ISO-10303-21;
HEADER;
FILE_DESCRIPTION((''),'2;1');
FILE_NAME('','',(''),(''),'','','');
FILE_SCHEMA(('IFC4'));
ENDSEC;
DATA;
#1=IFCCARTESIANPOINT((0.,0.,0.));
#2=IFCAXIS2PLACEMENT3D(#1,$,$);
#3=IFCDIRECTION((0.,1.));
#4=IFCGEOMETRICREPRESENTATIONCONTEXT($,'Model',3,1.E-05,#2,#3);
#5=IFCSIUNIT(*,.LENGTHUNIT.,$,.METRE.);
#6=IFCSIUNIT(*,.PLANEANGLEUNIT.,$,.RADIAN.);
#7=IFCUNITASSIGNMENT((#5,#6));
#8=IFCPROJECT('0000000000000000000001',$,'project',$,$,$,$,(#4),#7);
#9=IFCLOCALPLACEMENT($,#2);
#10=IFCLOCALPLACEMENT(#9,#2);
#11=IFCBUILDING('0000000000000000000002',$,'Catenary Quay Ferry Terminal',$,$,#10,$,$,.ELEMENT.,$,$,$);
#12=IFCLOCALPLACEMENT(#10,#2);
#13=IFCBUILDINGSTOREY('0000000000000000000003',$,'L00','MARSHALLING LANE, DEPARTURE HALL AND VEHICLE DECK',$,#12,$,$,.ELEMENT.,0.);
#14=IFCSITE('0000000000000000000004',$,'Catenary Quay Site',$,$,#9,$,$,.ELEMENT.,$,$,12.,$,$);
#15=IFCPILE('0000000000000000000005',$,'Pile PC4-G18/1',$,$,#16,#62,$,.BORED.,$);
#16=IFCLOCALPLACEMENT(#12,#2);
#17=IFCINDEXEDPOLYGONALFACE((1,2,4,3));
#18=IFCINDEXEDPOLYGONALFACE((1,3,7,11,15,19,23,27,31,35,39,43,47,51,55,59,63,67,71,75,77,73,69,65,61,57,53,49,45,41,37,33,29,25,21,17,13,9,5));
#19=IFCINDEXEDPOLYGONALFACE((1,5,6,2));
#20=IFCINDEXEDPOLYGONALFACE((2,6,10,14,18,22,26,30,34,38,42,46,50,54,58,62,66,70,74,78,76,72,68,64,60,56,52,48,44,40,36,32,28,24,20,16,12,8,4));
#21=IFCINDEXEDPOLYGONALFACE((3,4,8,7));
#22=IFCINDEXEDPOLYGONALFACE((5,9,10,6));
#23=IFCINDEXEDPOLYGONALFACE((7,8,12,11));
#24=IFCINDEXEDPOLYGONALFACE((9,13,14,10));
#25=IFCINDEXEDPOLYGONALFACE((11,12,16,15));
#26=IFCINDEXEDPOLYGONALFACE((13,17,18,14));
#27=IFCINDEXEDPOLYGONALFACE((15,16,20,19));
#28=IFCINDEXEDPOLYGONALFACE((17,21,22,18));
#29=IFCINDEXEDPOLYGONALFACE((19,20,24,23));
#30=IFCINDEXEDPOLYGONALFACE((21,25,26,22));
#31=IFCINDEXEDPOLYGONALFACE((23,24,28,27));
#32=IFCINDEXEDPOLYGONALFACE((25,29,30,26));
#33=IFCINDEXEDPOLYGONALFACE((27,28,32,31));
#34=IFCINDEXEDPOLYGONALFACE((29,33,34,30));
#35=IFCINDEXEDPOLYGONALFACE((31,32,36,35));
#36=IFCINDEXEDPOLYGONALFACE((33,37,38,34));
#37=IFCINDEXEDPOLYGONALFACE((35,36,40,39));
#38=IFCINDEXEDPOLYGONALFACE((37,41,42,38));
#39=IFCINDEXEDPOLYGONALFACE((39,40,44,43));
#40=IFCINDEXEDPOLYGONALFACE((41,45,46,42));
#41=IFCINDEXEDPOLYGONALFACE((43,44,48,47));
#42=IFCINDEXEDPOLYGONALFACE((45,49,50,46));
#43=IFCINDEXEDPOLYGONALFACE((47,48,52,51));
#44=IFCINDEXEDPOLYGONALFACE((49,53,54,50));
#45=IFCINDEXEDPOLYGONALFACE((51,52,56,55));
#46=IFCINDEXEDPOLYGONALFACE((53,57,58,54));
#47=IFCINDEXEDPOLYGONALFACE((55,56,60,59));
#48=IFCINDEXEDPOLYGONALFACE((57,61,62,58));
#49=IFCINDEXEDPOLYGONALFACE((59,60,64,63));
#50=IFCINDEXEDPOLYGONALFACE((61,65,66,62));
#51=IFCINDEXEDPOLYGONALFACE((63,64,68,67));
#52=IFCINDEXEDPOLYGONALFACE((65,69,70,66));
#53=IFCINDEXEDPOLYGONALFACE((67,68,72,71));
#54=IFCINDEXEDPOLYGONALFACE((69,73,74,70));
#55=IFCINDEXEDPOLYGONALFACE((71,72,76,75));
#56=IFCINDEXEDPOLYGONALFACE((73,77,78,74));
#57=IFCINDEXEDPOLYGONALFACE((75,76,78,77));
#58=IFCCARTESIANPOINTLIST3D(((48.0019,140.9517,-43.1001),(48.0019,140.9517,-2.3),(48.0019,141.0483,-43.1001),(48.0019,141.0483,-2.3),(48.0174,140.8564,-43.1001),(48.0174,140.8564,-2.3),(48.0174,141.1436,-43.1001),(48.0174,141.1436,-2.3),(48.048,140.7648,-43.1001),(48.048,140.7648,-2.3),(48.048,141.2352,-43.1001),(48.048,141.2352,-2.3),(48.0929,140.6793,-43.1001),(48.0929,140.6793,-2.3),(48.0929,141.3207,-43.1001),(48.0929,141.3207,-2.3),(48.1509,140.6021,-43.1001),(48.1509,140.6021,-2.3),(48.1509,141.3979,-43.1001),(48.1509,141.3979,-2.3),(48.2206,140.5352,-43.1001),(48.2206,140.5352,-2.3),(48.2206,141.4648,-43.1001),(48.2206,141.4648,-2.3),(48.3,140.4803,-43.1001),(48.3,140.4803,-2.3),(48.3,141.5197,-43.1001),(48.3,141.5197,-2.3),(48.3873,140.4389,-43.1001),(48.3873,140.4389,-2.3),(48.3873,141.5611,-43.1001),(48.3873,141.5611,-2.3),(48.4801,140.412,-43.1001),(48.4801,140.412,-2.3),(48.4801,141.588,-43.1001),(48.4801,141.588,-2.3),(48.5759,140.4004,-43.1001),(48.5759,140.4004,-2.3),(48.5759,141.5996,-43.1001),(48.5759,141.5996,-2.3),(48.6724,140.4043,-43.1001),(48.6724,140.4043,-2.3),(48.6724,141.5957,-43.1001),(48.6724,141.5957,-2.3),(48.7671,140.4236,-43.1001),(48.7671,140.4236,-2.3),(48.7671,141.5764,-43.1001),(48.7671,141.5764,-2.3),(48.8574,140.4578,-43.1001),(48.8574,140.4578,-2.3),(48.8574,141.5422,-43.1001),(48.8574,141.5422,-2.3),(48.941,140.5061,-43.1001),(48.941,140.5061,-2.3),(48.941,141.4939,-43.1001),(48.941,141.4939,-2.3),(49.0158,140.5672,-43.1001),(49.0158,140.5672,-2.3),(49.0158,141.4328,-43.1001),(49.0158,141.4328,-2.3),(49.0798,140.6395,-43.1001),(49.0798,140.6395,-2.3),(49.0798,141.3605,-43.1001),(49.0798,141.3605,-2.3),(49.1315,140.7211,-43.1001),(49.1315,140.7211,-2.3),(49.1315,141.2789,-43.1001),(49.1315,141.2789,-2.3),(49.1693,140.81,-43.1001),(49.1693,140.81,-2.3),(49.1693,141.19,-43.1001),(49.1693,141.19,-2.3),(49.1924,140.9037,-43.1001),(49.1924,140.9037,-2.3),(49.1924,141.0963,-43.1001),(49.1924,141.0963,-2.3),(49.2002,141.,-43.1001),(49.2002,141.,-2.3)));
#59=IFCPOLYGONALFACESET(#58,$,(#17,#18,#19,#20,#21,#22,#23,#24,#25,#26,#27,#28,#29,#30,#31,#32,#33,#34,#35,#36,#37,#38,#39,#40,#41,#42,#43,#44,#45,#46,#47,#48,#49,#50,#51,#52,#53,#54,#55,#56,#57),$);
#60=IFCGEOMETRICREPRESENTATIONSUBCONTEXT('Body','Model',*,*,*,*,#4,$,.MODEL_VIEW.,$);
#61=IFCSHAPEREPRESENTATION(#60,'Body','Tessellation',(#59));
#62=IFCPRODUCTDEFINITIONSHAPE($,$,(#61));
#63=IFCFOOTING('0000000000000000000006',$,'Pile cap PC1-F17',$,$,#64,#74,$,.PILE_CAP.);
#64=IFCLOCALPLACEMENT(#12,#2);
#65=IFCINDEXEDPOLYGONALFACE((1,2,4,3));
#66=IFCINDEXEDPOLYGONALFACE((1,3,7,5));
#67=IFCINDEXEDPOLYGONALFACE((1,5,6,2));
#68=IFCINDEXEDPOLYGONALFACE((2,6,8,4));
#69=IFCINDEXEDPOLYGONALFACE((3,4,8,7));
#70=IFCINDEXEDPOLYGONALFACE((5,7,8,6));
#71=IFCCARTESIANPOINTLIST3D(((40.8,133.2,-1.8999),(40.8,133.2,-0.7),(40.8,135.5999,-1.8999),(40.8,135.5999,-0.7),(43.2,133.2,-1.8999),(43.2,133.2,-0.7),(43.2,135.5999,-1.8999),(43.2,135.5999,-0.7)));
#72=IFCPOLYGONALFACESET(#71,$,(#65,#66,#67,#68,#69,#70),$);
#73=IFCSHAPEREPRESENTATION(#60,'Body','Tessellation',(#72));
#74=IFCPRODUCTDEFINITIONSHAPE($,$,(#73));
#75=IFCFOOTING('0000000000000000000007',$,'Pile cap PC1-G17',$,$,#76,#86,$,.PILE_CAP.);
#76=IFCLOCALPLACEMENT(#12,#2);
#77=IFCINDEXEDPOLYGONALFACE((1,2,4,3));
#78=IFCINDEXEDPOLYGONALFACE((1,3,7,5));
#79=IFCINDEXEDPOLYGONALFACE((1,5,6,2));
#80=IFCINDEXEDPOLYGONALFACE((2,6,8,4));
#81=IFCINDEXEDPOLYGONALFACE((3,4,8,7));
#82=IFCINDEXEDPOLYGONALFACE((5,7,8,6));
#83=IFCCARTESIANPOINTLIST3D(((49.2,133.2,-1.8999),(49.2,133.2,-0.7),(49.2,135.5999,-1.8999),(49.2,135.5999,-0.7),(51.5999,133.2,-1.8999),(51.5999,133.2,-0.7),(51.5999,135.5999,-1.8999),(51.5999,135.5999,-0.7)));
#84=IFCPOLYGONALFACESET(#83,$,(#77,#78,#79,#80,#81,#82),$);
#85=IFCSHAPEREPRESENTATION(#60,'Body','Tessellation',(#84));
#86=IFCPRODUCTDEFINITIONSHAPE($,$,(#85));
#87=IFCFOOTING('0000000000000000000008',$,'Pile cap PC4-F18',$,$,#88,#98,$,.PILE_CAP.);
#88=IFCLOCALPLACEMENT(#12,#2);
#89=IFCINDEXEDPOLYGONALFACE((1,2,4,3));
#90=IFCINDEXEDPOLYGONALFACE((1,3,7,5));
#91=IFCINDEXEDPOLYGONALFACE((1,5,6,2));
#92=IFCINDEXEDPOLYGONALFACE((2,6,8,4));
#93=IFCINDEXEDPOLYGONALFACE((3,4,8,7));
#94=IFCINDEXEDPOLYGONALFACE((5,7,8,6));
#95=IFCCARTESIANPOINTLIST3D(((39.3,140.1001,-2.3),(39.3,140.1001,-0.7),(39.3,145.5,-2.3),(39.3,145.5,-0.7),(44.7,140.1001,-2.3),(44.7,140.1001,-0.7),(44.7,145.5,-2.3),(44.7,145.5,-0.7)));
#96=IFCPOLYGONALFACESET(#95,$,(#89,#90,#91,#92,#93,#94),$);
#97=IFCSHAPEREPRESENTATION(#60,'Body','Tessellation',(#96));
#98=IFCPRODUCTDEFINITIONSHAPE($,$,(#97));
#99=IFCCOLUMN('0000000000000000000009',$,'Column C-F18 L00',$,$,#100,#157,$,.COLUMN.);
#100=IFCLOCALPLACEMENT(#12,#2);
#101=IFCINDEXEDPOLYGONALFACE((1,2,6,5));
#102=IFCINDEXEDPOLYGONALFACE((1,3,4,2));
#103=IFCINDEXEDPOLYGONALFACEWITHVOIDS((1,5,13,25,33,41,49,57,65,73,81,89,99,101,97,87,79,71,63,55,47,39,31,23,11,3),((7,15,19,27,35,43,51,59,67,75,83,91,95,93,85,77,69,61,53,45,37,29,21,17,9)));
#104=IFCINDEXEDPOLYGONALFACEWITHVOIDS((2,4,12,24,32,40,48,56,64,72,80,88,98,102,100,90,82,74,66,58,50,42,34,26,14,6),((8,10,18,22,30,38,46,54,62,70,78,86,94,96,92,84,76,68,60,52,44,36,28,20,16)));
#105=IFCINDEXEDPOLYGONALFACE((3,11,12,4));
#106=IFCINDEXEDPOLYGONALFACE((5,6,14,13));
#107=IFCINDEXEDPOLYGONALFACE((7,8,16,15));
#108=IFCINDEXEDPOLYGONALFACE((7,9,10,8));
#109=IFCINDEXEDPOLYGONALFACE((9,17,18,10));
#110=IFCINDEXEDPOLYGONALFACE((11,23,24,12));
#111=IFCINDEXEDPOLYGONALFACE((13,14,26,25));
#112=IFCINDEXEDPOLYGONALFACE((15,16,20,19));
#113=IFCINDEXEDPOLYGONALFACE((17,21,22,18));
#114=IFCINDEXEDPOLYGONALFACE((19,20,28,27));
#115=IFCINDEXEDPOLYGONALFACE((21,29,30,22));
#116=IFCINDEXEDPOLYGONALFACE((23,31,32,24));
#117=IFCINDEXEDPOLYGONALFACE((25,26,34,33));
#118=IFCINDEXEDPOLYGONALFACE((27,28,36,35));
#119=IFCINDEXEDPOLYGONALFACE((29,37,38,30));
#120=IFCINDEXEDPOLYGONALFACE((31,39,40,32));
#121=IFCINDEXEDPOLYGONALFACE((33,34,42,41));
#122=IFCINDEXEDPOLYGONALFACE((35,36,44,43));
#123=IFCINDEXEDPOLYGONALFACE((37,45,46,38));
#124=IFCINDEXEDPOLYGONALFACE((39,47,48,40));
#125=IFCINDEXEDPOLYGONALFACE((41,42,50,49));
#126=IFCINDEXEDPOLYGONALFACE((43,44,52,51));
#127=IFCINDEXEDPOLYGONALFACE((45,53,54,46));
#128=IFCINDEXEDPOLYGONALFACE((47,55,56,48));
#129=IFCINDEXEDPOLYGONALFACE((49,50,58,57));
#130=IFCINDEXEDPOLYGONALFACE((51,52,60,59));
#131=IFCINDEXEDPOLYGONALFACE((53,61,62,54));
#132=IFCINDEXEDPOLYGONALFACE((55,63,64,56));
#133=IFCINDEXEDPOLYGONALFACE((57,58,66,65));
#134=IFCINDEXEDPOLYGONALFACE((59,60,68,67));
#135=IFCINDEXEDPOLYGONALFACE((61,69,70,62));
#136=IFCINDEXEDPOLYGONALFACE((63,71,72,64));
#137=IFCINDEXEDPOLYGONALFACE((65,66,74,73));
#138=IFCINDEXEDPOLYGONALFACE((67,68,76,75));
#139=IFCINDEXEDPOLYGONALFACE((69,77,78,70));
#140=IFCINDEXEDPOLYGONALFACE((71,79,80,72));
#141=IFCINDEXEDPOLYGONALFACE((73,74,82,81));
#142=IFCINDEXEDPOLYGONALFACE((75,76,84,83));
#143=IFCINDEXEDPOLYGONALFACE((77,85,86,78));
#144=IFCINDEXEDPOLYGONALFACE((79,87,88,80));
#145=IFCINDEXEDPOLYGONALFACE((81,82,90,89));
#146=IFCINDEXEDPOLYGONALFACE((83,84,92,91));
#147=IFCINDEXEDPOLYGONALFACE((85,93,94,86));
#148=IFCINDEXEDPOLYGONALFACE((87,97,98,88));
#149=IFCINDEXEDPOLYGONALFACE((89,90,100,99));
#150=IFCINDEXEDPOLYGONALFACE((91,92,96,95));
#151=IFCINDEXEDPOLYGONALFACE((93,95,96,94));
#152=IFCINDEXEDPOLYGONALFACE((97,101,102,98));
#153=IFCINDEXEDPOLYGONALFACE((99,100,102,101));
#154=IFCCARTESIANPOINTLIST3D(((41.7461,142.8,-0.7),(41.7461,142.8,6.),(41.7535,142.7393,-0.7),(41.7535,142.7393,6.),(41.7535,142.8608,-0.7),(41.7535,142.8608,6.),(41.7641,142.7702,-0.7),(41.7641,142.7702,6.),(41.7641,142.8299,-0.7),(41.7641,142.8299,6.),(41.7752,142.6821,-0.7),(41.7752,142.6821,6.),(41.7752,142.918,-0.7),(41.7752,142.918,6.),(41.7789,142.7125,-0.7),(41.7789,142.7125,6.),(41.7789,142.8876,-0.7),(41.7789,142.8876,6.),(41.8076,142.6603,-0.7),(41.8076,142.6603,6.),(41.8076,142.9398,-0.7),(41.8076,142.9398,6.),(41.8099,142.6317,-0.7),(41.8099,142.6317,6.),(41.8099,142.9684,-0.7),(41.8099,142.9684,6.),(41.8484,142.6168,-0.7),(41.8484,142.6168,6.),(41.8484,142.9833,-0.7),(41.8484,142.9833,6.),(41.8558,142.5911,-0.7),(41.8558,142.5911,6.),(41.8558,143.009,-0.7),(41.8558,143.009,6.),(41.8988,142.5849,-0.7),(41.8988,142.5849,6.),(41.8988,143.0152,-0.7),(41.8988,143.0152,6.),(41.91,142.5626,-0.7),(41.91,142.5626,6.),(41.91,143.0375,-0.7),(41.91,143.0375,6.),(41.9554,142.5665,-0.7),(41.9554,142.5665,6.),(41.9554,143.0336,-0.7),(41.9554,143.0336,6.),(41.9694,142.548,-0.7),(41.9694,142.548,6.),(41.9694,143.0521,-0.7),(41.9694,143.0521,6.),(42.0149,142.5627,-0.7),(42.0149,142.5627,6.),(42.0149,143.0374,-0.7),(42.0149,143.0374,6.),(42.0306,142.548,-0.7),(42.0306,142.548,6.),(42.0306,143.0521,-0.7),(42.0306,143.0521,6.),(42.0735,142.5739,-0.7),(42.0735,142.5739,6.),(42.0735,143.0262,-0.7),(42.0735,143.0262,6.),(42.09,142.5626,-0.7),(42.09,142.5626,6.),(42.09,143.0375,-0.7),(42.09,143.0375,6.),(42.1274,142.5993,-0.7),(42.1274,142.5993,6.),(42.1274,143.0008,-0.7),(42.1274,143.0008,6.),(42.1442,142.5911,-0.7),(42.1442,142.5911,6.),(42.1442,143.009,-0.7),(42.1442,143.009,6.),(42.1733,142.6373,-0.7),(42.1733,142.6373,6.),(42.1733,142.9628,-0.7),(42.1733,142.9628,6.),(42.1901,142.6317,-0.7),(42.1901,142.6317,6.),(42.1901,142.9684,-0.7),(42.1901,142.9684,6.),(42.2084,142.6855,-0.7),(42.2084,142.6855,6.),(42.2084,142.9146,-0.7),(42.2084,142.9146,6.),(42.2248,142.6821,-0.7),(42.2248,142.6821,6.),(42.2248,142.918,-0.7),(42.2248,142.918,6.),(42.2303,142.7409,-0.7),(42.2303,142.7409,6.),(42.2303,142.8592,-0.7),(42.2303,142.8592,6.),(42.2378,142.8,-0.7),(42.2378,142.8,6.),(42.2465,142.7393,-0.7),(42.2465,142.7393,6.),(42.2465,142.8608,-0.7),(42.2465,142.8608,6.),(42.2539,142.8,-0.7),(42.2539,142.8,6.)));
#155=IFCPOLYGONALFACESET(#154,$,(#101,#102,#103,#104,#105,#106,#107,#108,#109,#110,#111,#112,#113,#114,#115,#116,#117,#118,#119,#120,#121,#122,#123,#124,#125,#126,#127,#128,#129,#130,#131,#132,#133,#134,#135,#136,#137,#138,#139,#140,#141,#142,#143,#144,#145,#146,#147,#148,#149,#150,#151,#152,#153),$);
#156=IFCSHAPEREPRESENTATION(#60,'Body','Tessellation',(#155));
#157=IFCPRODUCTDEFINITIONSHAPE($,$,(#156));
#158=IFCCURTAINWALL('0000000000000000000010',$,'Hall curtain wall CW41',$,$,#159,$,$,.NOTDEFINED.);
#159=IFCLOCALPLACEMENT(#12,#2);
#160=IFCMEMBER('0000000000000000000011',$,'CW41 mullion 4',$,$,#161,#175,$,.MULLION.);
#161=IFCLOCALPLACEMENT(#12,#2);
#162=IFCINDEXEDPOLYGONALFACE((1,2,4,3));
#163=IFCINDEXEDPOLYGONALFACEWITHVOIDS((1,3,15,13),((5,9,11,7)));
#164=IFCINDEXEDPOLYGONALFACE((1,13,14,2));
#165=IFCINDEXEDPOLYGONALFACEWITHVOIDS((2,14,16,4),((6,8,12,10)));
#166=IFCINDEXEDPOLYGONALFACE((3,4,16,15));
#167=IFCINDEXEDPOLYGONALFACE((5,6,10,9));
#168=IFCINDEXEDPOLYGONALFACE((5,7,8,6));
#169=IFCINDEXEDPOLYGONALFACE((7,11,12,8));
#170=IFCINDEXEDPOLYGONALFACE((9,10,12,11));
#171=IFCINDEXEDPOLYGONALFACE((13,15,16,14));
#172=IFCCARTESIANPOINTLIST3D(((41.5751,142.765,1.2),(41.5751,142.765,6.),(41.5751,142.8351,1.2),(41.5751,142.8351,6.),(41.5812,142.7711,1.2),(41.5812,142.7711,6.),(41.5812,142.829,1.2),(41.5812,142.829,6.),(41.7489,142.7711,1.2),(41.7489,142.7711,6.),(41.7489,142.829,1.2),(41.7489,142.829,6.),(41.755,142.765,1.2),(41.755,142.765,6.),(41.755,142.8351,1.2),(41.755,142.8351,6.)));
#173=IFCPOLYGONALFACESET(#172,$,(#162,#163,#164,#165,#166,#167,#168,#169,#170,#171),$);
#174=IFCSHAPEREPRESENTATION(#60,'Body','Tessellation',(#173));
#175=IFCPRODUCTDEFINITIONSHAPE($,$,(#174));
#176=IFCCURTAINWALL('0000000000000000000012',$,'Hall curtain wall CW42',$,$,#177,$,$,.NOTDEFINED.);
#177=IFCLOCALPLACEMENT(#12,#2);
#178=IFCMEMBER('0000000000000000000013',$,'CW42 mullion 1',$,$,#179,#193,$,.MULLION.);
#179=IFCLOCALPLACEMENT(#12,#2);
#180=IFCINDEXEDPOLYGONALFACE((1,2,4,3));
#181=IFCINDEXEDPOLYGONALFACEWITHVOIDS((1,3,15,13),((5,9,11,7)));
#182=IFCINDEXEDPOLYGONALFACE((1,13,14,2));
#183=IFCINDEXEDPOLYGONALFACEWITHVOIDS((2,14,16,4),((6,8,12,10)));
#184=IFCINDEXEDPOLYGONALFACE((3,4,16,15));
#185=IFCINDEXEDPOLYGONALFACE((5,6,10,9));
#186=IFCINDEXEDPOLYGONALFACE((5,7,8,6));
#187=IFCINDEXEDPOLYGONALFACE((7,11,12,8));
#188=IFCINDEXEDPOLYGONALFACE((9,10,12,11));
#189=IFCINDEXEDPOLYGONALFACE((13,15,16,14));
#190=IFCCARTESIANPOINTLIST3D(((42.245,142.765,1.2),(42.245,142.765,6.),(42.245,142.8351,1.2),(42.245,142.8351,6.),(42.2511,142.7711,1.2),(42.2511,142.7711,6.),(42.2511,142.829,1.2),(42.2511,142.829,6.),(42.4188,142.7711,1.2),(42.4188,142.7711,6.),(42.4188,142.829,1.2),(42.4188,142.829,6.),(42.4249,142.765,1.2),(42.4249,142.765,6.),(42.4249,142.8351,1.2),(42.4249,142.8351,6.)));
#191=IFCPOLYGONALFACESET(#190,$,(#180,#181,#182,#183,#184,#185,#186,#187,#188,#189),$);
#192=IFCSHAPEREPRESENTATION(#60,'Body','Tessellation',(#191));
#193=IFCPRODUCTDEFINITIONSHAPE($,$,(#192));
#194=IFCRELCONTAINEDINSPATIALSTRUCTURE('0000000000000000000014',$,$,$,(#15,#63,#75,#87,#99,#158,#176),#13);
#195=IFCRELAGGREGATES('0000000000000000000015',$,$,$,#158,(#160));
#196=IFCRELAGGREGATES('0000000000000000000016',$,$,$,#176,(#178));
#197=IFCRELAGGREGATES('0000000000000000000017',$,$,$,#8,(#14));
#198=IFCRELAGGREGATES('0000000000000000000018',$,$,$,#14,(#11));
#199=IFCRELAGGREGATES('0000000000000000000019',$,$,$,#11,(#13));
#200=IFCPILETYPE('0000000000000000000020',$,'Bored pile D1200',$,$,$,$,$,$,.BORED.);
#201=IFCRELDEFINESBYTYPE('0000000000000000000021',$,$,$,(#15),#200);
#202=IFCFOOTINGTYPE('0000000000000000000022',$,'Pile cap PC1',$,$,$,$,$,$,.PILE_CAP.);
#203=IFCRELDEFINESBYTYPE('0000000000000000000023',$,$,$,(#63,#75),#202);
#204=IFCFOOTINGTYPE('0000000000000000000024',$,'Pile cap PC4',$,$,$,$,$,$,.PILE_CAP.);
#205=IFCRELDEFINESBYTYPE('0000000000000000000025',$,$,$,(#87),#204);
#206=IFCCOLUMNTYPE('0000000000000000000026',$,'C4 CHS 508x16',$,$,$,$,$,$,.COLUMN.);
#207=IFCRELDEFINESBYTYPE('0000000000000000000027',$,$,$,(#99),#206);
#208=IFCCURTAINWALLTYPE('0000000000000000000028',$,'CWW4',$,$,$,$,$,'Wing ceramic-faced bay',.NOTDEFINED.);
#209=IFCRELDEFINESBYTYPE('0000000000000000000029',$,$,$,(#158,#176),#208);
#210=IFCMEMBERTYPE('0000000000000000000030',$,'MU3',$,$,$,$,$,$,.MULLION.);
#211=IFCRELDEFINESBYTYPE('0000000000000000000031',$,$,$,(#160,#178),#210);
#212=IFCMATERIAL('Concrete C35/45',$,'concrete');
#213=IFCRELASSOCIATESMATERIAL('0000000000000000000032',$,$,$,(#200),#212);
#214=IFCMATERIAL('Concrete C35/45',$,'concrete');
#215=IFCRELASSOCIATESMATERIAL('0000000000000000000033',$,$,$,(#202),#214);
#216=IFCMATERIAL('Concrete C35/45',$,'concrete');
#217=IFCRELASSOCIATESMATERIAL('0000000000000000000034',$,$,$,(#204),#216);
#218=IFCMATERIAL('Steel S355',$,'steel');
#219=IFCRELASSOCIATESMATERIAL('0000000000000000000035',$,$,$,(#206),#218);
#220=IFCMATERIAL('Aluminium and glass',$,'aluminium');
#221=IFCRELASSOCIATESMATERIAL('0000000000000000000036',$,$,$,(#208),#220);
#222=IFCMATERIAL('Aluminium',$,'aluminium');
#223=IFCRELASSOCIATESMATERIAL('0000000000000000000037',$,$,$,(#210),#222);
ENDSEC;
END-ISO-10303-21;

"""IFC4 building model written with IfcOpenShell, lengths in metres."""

from ifc_helpers import new_model, si_unit, direction, frame, origin, origin_2d, place, context, subcontext, project, spatial, rectangle, hollow_rectangle, circle, hollow_circle, extrude, material, material_profile, profile_set, type_object, element, aggregate, save


model = new_model("IFC4")

# Units and contexts
model_context = context("Model", 3, precision=1e-05, world=origin(), true_north=direction((0.0, 1.0)))
body_context = subcontext(model_context, "Body", "Model", "MODEL_VIEW")
ifc_project = project(units=[si_unit("LENGTHUNIT", "METRE"), si_unit("PLANEANGLEUNIT", "RADIAN")], contexts=[model_context])

# Site, building, storey
site_placement = place(None, origin())
site = spatial("IfcSite", under=ifc_project, at=site_placement, Name="Catenary Quay Site", CompositionType="ELEMENT", RefElevation=12.0)
building_placement = place(site_placement, origin())
building = spatial("IfcBuilding", under=site, at=building_placement, Name="Catenary Quay Ferry Terminal", CompositionType="ELEMENT")
storey_placement = place(building_placement, origin())
storey = spatial("IfcBuildingStorey", under=building, at=storey_placement, Name="L00", Description="MARSHALLING LANE, DEPARTURE HALL AND VEHICLE DECK", CompositionType="ELEMENT", Elevation=0.0)

# Pile
ifc_material_1 = material(Name="Concrete C35/45", Category="concrete")
ifc_material_profile_1 = material_profile(ifc_material_1, circle(Radius=0.6001, at=origin_2d()), Name="D1200")
ifc_profile_set_1 = profile_set([ifc_material_profile_1], Name="Concrete C35/45")
pile_type = type_object("IfcPileType", Name="Bored pile D1200", PredefinedType="BORED", material=ifc_profile_set_1)
for number, where, z_axis, x_axis, name in (
    (1, (48.6001, 141.0, -2.3), (0.0, 0.0, -1.0), (1.0, 0.0, 0.0), "Pile PC4-G18/1"),
):
    element("IfcPile", number, at=place(storey_placement, frame(where, z_axis=z_axis, x_axis=x_axis)), inside=storey, type_object=pile_type, Name=name, PredefinedType="BORED", context=body_context, shape_type="SweptSolid", body=[
        extrude(circle(Radius=0.6001, at=origin_2d()), origin(), (0.0, 0.0, 1.0), 40.8),
    ])

# Footings
ifc_material_2 = material(Name="Concrete C35/45", Category="concrete")
footing_type_1 = type_object("IfcFootingType", Name="Pile cap PC1", PredefinedType="PILE_CAP", material=ifc_material_2)
for number, where, z_axis, x_axis, name in (
    (2, (42.0, 134.3999, -1.8999), (0.0, 0.0, 1.0), (1.0, 0.0, 0.0), "Pile cap PC1-F17"),
    (3, (50.3999, 134.3999, -1.8999), (0.0, 0.0, 1.0), (1.0, 0.0, 0.0), "Pile cap PC1-G17"),
):
    element("IfcFooting", number, at=place(storey_placement, frame(where, z_axis=z_axis, x_axis=x_axis)), inside=storey, type_object=footing_type_1, Name=name, PredefinedType="PILE_CAP", context=body_context, shape_type="SweptSolid", body=[
        extrude(rectangle(XDim=2.3999, YDim=2.3999, at=origin_2d()), origin(), (0.0, 0.0, 1.0), 1.2),
    ])
ifc_material_3 = material(Name="Concrete C35/45", Category="concrete")
footing_type_2 = type_object("IfcFootingType", Name="Pile cap PC4", PredefinedType="PILE_CAP", material=ifc_material_3)
footing_placement = place(storey_placement, frame((42.0, 142.8, -2.3), z_axis=(0.0, 0.0, 1.0), x_axis=(1.0, 0.0, 0.0)))
element("IfcFooting", 4, at=footing_placement, inside=storey, type_object=footing_type_2, Name="Pile cap PC4-F18", PredefinedType="PILE_CAP", context=body_context, shape_type="SweptSolid", body=[
    extrude(rectangle(XDim=5.3999, YDim=5.3999, at=origin_2d()), origin(), (0.0, 0.0, 1.0), 1.6001),
])

# Column
ifc_material_4 = material(Name="Steel S355", Category="steel")
ifc_material_profile_2 = material_profile(ifc_material_4, hollow_circle(Radius=0.2539, WallThickness=0.0161, at=origin_2d()), Name="CHS 508x16")
ifc_profile_set_2 = profile_set([ifc_material_profile_2], Name="Steel S355")
column_type = type_object("IfcColumnType", Name="C4 CHS 508x16", PredefinedType="COLUMN", material=ifc_profile_set_2)
column_placement = place(storey_placement, frame((42.0, 142.8, -0.7), z_axis=(0.0, 0.0, 1.0), x_axis=(1.0, 0.0, 0.0)))
element("IfcColumn", 5, at=column_placement, inside=storey, type_object=column_type, Name="Column C-F18 L00", PredefinedType="COLUMN", context=body_context, shape_type="SweptSolid", body=[
    extrude(hollow_circle(Radius=0.2539, WallThickness=0.0161, at=origin_2d()), origin(), (0.0, 0.0, 1.0), 6.7),
])

# Curtain wall, member
ifc_material_5 = material(Name="Aluminium and glass", Category="aluminium")
curtain_wall_type = type_object("IfcCurtainWallType", Name="CWW4", ElementType="Wing ceramic-faced bay", PredefinedType="NOTDEFINED", material=ifc_material_5)
curtain_wall_1_placement = place(storey_placement, origin())
curtain_wall_1 = element("IfcCurtainWall", 6, at=curtain_wall_1_placement, inside=storey, type_object=curtain_wall_type, Name="Hall curtain wall CW41", PredefinedType="NOTDEFINED")
ifc_material_6 = material(Name="Aluminium", Category="aluminium")
ifc_material_profile_3 = material_profile(ifc_material_6, hollow_rectangle(XDim=0.0701, YDim=0.1799, WallThickness=0.0061, at=origin_2d()), Name="MU3")
ifc_profile_set_3 = profile_set([ifc_material_profile_3], Name="Aluminium")
member_type_1 = type_object("IfcMemberType", Name="MU3", PredefinedType="MULLION", material=ifc_profile_set_3)
member_1_placement = place(storey_placement, frame((41.665, 142.8, 1.2), z_axis=(0.0, 0.0, 1.0), x_axis=(0.0, 1.0, 0.0)))
member_1 = element("IfcMember", 7, at=member_1_placement, type_object=member_type_1, Name="CW41 mullion 4", PredefinedType="MULLION", context=body_context, shape_type="SweptSolid", body=[
    extrude(hollow_rectangle(XDim=0.0701, YDim=0.1799, WallThickness=0.0061, at=origin_2d()), origin(), (0.0, 0.0, 1.0), 4.8),
])

# Curtain wall, member
curtain_wall_2_placement = place(storey_placement, origin())
curtain_wall_2 = element("IfcCurtainWall", 8, at=curtain_wall_2_placement, inside=storey, type_object=curtain_wall_type, Name="Hall curtain wall CW42", PredefinedType="NOTDEFINED")
member_2_placement = place(storey_placement, frame((42.335, 142.8, 1.2), z_axis=(0.0, 0.0, 1.0), x_axis=(0.0, 1.0, 0.0)))
member_2 = element("IfcMember", 9, at=member_2_placement, type_object=member_type_1, Name="CW42 mullion 1", PredefinedType="MULLION", context=body_context, shape_type="SweptSolid", body=[
    extrude(hollow_rectangle(XDim=0.0701, YDim=0.1799, WallThickness=0.0061, at=origin_2d()), origin(), (0.0, 0.0, 1.0), 4.8),
])

aggregate(curtain_wall_1, [member_1])
aggregate(curtain_wall_2, [member_2])

save(model, "model.ifc")
